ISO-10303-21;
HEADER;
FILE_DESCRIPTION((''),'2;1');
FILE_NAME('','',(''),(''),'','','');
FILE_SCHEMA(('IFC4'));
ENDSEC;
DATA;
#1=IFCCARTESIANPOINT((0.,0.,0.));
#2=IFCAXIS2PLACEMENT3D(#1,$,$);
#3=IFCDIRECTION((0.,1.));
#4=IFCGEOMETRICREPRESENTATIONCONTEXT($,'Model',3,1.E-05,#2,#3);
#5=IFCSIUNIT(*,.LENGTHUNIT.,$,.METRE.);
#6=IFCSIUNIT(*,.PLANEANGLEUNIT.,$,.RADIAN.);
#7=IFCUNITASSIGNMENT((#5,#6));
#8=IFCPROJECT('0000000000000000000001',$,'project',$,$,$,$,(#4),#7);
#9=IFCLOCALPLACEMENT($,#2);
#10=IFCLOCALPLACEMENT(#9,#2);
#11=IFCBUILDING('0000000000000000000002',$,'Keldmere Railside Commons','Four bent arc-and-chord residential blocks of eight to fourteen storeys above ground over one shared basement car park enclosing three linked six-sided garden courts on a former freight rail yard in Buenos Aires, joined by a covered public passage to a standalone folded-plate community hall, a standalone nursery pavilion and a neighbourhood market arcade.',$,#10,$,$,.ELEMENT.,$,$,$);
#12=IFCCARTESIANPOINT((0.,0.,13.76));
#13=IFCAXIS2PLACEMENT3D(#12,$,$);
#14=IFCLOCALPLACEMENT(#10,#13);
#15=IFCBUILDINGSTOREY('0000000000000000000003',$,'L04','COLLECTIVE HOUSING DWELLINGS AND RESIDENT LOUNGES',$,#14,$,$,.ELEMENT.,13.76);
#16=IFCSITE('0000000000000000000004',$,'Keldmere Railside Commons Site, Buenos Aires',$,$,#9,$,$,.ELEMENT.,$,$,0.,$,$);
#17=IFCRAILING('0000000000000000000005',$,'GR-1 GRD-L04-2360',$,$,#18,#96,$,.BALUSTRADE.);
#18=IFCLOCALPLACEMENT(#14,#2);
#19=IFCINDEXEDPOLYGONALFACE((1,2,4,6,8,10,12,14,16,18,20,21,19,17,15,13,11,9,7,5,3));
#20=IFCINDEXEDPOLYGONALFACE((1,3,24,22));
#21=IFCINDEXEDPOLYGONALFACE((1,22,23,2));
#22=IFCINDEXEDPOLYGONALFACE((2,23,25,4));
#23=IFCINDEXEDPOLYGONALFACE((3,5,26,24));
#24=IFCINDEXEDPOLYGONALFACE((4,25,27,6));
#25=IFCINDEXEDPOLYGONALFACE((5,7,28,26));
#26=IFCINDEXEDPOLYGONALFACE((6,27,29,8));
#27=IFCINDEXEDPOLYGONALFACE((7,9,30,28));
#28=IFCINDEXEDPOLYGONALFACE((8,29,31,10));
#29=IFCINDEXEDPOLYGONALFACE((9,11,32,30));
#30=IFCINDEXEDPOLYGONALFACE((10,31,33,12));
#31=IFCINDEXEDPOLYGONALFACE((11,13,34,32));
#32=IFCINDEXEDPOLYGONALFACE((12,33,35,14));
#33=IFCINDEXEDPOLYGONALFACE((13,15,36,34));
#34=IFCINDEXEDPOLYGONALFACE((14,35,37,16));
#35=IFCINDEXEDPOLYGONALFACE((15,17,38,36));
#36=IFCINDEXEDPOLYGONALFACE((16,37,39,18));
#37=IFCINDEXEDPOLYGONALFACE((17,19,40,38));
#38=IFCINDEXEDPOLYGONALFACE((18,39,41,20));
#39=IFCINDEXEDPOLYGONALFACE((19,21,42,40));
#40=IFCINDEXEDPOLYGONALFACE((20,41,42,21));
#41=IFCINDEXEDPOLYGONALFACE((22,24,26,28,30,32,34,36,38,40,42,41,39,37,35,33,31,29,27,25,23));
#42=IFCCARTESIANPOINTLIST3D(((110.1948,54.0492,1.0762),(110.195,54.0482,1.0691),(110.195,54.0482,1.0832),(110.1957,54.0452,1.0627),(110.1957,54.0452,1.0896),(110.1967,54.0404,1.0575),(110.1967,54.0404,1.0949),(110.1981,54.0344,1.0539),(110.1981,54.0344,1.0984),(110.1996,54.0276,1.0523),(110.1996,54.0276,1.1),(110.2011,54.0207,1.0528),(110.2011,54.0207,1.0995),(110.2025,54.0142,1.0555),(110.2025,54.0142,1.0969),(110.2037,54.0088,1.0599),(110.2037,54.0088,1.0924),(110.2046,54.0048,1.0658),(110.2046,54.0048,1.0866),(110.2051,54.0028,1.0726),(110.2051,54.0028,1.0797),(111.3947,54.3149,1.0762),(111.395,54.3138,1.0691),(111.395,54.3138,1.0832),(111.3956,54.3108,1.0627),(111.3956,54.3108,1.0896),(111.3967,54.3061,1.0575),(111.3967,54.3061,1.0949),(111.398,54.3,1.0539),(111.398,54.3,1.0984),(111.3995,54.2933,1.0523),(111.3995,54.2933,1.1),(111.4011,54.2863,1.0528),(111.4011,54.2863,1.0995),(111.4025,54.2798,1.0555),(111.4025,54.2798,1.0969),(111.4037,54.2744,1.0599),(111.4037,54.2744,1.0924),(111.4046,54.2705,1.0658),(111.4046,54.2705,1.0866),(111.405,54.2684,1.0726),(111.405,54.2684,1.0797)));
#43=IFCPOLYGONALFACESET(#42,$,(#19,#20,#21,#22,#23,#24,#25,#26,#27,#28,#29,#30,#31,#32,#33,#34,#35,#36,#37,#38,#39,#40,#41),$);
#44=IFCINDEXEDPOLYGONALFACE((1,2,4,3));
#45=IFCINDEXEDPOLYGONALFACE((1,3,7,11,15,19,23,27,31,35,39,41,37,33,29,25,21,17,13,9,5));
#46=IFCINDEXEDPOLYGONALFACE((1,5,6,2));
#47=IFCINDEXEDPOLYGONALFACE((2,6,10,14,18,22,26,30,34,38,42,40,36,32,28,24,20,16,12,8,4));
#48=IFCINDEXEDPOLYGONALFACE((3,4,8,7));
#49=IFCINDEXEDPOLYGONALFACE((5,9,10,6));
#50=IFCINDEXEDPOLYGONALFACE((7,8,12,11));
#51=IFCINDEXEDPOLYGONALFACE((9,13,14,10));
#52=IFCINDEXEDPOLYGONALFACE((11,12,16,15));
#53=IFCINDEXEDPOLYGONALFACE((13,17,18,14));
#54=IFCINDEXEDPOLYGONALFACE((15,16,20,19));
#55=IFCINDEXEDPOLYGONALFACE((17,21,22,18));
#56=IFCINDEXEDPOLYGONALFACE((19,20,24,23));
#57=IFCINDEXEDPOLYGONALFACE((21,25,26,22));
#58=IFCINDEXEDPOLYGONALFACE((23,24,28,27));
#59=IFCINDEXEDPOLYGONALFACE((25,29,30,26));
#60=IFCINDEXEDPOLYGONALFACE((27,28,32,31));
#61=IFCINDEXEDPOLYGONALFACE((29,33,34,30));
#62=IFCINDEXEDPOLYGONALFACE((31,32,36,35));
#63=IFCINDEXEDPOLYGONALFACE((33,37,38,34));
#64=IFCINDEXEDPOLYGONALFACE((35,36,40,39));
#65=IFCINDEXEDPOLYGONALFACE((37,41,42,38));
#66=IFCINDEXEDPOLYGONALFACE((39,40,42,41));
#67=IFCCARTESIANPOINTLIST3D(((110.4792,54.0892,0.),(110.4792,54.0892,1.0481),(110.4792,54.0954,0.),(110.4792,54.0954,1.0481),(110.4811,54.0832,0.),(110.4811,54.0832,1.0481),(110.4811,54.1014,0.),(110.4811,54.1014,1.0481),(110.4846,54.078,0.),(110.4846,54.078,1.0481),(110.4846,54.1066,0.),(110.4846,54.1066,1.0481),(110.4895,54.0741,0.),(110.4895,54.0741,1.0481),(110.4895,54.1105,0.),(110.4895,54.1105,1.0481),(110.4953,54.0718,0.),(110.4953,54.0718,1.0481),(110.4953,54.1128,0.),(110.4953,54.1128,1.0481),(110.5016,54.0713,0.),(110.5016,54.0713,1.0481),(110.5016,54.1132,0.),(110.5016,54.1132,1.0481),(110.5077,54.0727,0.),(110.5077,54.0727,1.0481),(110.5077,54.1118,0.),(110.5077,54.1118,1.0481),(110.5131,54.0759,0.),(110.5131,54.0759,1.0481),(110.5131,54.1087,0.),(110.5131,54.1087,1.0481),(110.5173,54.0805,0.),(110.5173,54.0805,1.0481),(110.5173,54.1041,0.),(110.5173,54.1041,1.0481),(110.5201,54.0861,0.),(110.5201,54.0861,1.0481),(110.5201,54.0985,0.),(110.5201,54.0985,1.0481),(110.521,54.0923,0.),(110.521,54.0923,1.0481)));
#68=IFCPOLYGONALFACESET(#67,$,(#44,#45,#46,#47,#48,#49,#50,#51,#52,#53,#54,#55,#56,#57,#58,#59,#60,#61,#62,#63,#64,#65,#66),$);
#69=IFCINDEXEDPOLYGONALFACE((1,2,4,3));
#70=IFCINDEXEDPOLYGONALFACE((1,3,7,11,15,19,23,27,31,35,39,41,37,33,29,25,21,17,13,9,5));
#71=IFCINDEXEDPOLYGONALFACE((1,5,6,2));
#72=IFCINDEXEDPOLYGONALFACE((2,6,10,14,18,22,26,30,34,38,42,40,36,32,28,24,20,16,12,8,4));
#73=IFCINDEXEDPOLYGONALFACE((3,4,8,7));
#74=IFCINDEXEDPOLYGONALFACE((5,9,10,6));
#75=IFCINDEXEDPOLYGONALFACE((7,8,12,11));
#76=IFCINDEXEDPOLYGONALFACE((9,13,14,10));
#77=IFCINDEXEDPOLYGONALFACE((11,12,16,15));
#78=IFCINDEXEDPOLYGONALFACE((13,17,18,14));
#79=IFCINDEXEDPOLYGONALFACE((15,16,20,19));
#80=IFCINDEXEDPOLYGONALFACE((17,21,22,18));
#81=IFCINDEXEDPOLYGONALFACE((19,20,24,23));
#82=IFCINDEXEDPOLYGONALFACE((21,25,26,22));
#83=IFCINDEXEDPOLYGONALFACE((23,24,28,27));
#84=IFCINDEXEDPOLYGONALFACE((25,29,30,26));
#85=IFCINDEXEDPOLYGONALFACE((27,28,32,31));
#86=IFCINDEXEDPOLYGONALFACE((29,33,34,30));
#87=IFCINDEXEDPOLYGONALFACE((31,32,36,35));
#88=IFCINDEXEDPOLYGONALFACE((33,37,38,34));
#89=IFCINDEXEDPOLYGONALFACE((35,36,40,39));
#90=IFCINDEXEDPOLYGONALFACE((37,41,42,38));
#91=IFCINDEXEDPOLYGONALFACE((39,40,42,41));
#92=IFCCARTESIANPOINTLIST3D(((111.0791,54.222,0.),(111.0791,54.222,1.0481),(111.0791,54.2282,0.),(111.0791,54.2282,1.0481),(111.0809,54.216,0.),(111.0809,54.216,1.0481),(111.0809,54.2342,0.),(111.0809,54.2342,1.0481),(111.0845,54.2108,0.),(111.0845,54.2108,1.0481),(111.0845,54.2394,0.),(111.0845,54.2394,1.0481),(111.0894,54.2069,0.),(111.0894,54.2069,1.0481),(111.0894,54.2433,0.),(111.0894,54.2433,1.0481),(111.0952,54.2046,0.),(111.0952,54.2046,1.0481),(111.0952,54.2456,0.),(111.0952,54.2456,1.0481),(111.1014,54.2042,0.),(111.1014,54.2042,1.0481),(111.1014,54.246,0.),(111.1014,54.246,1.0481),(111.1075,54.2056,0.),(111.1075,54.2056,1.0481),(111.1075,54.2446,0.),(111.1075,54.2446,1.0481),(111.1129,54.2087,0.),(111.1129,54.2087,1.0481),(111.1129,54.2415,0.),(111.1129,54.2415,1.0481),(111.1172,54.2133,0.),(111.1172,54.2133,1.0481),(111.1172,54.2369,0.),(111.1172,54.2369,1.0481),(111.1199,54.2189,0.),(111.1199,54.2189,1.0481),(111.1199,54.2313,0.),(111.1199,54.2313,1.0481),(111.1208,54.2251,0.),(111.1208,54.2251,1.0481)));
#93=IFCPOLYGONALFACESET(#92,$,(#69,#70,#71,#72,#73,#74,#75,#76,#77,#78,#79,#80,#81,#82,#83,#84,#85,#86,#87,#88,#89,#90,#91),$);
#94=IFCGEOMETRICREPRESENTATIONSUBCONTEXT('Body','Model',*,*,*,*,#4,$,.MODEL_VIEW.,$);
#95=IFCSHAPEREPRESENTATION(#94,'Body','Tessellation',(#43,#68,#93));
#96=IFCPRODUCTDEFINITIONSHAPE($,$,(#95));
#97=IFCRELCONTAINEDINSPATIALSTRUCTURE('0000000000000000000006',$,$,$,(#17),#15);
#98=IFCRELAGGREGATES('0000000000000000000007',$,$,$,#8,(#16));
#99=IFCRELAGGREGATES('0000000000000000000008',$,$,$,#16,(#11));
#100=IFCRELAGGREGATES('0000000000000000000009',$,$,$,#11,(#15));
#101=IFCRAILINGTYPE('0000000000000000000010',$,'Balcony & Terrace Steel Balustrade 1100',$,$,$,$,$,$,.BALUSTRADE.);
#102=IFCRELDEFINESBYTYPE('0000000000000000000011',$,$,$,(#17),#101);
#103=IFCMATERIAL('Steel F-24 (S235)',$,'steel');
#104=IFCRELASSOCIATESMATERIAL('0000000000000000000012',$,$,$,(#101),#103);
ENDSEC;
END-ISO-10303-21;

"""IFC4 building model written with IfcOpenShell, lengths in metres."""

from ifc_helpers import new_model, si_unit, direction, frame, origin, origin_2d, place, context, subcontext, project, spatial, circle, extrude, material, type_object, element, save


model = new_model("IFC4")

# Units and contexts
model_context = context("Model", 3, precision=1e-05, world=origin(), true_north=direction((0.0, 1.0)))
body_context = subcontext(model_context, "Body", "Model", "MODEL_VIEW")
ifc_project = project(units=[si_unit("LENGTHUNIT", "METRE"), si_unit("PLANEANGLEUNIT", "RADIAN")], contexts=[model_context])

# Site, building, storey
site_placement = place(None, origin())
site = spatial("IfcSite", under=ifc_project, at=site_placement, Name="Keldmere Railside Commons Site, Buenos Aires", CompositionType="ELEMENT", RefElevation=0.0)
building_placement = place(site_placement, origin())
building = spatial("IfcBuilding", under=site, at=building_placement, Name="Keldmere Railside Commons", Description="Four bent arc-and-chord residential blocks of eight to fourteen storeys above ground over one shared basement car park enclosing three linked six-sided garden courts on a former freight rail yard in Buenos Aires, joined by a covered public passage to a standalone folded-plate community hall, a standalone nursery pavilion and a neighbourhood market arcade.", CompositionType="ELEMENT")
storey_placement = place(building_placement, frame((0.0, 0.0, 13.76)))
storey = spatial("IfcBuildingStorey", under=building, at=storey_placement, Name="L04", Description="COLLECTIVE HOUSING DWELLINGS AND RESIDENT LOUNGES", CompositionType="ELEMENT", Elevation=13.76)

# Railing
ifc_material_1 = material(Name="Steel F-24 (S235)", Category="steel")
railing_type = type_object("IfcRailingType", Name="Balcony & Terrace Steel Balustrade 1100", PredefinedType="BALUSTRADE", material=ifc_material_1)
railing_1_placement = place(storey_placement, frame((110.2, 54.0259, 0.0)))
element("IfcRailing", 1, at=railing_1_placement, inside=storey, type_object=railing_type, Name="GR-1 GRD-L04-2360", PredefinedType="BALUSTRADE", context=body_context, shape_type="SweptSolid", body=[
    extrude(circle(Radius=0.0239, at=origin_2d()), frame((0.0, 0.0, 1.0762), z_axis=(0.976364, 0.216131, 0.0), x_axis=(-0.216131, 0.976364, 0.0)), (0.0, 0.0, 1.0), 1.229),
    extrude(circle(Radius=0.021, at=origin_2d()), frame((0.3, 0.0664, 0.0)), (0.0, 0.0, 1.0), 1.0481),
    extrude(circle(Radius=0.021, at=origin_2d()), frame((0.8999, 0.1992, 0.0)), (0.0, 0.0, 1.0), 1.0481),
])

save(model, "model.ifc")
